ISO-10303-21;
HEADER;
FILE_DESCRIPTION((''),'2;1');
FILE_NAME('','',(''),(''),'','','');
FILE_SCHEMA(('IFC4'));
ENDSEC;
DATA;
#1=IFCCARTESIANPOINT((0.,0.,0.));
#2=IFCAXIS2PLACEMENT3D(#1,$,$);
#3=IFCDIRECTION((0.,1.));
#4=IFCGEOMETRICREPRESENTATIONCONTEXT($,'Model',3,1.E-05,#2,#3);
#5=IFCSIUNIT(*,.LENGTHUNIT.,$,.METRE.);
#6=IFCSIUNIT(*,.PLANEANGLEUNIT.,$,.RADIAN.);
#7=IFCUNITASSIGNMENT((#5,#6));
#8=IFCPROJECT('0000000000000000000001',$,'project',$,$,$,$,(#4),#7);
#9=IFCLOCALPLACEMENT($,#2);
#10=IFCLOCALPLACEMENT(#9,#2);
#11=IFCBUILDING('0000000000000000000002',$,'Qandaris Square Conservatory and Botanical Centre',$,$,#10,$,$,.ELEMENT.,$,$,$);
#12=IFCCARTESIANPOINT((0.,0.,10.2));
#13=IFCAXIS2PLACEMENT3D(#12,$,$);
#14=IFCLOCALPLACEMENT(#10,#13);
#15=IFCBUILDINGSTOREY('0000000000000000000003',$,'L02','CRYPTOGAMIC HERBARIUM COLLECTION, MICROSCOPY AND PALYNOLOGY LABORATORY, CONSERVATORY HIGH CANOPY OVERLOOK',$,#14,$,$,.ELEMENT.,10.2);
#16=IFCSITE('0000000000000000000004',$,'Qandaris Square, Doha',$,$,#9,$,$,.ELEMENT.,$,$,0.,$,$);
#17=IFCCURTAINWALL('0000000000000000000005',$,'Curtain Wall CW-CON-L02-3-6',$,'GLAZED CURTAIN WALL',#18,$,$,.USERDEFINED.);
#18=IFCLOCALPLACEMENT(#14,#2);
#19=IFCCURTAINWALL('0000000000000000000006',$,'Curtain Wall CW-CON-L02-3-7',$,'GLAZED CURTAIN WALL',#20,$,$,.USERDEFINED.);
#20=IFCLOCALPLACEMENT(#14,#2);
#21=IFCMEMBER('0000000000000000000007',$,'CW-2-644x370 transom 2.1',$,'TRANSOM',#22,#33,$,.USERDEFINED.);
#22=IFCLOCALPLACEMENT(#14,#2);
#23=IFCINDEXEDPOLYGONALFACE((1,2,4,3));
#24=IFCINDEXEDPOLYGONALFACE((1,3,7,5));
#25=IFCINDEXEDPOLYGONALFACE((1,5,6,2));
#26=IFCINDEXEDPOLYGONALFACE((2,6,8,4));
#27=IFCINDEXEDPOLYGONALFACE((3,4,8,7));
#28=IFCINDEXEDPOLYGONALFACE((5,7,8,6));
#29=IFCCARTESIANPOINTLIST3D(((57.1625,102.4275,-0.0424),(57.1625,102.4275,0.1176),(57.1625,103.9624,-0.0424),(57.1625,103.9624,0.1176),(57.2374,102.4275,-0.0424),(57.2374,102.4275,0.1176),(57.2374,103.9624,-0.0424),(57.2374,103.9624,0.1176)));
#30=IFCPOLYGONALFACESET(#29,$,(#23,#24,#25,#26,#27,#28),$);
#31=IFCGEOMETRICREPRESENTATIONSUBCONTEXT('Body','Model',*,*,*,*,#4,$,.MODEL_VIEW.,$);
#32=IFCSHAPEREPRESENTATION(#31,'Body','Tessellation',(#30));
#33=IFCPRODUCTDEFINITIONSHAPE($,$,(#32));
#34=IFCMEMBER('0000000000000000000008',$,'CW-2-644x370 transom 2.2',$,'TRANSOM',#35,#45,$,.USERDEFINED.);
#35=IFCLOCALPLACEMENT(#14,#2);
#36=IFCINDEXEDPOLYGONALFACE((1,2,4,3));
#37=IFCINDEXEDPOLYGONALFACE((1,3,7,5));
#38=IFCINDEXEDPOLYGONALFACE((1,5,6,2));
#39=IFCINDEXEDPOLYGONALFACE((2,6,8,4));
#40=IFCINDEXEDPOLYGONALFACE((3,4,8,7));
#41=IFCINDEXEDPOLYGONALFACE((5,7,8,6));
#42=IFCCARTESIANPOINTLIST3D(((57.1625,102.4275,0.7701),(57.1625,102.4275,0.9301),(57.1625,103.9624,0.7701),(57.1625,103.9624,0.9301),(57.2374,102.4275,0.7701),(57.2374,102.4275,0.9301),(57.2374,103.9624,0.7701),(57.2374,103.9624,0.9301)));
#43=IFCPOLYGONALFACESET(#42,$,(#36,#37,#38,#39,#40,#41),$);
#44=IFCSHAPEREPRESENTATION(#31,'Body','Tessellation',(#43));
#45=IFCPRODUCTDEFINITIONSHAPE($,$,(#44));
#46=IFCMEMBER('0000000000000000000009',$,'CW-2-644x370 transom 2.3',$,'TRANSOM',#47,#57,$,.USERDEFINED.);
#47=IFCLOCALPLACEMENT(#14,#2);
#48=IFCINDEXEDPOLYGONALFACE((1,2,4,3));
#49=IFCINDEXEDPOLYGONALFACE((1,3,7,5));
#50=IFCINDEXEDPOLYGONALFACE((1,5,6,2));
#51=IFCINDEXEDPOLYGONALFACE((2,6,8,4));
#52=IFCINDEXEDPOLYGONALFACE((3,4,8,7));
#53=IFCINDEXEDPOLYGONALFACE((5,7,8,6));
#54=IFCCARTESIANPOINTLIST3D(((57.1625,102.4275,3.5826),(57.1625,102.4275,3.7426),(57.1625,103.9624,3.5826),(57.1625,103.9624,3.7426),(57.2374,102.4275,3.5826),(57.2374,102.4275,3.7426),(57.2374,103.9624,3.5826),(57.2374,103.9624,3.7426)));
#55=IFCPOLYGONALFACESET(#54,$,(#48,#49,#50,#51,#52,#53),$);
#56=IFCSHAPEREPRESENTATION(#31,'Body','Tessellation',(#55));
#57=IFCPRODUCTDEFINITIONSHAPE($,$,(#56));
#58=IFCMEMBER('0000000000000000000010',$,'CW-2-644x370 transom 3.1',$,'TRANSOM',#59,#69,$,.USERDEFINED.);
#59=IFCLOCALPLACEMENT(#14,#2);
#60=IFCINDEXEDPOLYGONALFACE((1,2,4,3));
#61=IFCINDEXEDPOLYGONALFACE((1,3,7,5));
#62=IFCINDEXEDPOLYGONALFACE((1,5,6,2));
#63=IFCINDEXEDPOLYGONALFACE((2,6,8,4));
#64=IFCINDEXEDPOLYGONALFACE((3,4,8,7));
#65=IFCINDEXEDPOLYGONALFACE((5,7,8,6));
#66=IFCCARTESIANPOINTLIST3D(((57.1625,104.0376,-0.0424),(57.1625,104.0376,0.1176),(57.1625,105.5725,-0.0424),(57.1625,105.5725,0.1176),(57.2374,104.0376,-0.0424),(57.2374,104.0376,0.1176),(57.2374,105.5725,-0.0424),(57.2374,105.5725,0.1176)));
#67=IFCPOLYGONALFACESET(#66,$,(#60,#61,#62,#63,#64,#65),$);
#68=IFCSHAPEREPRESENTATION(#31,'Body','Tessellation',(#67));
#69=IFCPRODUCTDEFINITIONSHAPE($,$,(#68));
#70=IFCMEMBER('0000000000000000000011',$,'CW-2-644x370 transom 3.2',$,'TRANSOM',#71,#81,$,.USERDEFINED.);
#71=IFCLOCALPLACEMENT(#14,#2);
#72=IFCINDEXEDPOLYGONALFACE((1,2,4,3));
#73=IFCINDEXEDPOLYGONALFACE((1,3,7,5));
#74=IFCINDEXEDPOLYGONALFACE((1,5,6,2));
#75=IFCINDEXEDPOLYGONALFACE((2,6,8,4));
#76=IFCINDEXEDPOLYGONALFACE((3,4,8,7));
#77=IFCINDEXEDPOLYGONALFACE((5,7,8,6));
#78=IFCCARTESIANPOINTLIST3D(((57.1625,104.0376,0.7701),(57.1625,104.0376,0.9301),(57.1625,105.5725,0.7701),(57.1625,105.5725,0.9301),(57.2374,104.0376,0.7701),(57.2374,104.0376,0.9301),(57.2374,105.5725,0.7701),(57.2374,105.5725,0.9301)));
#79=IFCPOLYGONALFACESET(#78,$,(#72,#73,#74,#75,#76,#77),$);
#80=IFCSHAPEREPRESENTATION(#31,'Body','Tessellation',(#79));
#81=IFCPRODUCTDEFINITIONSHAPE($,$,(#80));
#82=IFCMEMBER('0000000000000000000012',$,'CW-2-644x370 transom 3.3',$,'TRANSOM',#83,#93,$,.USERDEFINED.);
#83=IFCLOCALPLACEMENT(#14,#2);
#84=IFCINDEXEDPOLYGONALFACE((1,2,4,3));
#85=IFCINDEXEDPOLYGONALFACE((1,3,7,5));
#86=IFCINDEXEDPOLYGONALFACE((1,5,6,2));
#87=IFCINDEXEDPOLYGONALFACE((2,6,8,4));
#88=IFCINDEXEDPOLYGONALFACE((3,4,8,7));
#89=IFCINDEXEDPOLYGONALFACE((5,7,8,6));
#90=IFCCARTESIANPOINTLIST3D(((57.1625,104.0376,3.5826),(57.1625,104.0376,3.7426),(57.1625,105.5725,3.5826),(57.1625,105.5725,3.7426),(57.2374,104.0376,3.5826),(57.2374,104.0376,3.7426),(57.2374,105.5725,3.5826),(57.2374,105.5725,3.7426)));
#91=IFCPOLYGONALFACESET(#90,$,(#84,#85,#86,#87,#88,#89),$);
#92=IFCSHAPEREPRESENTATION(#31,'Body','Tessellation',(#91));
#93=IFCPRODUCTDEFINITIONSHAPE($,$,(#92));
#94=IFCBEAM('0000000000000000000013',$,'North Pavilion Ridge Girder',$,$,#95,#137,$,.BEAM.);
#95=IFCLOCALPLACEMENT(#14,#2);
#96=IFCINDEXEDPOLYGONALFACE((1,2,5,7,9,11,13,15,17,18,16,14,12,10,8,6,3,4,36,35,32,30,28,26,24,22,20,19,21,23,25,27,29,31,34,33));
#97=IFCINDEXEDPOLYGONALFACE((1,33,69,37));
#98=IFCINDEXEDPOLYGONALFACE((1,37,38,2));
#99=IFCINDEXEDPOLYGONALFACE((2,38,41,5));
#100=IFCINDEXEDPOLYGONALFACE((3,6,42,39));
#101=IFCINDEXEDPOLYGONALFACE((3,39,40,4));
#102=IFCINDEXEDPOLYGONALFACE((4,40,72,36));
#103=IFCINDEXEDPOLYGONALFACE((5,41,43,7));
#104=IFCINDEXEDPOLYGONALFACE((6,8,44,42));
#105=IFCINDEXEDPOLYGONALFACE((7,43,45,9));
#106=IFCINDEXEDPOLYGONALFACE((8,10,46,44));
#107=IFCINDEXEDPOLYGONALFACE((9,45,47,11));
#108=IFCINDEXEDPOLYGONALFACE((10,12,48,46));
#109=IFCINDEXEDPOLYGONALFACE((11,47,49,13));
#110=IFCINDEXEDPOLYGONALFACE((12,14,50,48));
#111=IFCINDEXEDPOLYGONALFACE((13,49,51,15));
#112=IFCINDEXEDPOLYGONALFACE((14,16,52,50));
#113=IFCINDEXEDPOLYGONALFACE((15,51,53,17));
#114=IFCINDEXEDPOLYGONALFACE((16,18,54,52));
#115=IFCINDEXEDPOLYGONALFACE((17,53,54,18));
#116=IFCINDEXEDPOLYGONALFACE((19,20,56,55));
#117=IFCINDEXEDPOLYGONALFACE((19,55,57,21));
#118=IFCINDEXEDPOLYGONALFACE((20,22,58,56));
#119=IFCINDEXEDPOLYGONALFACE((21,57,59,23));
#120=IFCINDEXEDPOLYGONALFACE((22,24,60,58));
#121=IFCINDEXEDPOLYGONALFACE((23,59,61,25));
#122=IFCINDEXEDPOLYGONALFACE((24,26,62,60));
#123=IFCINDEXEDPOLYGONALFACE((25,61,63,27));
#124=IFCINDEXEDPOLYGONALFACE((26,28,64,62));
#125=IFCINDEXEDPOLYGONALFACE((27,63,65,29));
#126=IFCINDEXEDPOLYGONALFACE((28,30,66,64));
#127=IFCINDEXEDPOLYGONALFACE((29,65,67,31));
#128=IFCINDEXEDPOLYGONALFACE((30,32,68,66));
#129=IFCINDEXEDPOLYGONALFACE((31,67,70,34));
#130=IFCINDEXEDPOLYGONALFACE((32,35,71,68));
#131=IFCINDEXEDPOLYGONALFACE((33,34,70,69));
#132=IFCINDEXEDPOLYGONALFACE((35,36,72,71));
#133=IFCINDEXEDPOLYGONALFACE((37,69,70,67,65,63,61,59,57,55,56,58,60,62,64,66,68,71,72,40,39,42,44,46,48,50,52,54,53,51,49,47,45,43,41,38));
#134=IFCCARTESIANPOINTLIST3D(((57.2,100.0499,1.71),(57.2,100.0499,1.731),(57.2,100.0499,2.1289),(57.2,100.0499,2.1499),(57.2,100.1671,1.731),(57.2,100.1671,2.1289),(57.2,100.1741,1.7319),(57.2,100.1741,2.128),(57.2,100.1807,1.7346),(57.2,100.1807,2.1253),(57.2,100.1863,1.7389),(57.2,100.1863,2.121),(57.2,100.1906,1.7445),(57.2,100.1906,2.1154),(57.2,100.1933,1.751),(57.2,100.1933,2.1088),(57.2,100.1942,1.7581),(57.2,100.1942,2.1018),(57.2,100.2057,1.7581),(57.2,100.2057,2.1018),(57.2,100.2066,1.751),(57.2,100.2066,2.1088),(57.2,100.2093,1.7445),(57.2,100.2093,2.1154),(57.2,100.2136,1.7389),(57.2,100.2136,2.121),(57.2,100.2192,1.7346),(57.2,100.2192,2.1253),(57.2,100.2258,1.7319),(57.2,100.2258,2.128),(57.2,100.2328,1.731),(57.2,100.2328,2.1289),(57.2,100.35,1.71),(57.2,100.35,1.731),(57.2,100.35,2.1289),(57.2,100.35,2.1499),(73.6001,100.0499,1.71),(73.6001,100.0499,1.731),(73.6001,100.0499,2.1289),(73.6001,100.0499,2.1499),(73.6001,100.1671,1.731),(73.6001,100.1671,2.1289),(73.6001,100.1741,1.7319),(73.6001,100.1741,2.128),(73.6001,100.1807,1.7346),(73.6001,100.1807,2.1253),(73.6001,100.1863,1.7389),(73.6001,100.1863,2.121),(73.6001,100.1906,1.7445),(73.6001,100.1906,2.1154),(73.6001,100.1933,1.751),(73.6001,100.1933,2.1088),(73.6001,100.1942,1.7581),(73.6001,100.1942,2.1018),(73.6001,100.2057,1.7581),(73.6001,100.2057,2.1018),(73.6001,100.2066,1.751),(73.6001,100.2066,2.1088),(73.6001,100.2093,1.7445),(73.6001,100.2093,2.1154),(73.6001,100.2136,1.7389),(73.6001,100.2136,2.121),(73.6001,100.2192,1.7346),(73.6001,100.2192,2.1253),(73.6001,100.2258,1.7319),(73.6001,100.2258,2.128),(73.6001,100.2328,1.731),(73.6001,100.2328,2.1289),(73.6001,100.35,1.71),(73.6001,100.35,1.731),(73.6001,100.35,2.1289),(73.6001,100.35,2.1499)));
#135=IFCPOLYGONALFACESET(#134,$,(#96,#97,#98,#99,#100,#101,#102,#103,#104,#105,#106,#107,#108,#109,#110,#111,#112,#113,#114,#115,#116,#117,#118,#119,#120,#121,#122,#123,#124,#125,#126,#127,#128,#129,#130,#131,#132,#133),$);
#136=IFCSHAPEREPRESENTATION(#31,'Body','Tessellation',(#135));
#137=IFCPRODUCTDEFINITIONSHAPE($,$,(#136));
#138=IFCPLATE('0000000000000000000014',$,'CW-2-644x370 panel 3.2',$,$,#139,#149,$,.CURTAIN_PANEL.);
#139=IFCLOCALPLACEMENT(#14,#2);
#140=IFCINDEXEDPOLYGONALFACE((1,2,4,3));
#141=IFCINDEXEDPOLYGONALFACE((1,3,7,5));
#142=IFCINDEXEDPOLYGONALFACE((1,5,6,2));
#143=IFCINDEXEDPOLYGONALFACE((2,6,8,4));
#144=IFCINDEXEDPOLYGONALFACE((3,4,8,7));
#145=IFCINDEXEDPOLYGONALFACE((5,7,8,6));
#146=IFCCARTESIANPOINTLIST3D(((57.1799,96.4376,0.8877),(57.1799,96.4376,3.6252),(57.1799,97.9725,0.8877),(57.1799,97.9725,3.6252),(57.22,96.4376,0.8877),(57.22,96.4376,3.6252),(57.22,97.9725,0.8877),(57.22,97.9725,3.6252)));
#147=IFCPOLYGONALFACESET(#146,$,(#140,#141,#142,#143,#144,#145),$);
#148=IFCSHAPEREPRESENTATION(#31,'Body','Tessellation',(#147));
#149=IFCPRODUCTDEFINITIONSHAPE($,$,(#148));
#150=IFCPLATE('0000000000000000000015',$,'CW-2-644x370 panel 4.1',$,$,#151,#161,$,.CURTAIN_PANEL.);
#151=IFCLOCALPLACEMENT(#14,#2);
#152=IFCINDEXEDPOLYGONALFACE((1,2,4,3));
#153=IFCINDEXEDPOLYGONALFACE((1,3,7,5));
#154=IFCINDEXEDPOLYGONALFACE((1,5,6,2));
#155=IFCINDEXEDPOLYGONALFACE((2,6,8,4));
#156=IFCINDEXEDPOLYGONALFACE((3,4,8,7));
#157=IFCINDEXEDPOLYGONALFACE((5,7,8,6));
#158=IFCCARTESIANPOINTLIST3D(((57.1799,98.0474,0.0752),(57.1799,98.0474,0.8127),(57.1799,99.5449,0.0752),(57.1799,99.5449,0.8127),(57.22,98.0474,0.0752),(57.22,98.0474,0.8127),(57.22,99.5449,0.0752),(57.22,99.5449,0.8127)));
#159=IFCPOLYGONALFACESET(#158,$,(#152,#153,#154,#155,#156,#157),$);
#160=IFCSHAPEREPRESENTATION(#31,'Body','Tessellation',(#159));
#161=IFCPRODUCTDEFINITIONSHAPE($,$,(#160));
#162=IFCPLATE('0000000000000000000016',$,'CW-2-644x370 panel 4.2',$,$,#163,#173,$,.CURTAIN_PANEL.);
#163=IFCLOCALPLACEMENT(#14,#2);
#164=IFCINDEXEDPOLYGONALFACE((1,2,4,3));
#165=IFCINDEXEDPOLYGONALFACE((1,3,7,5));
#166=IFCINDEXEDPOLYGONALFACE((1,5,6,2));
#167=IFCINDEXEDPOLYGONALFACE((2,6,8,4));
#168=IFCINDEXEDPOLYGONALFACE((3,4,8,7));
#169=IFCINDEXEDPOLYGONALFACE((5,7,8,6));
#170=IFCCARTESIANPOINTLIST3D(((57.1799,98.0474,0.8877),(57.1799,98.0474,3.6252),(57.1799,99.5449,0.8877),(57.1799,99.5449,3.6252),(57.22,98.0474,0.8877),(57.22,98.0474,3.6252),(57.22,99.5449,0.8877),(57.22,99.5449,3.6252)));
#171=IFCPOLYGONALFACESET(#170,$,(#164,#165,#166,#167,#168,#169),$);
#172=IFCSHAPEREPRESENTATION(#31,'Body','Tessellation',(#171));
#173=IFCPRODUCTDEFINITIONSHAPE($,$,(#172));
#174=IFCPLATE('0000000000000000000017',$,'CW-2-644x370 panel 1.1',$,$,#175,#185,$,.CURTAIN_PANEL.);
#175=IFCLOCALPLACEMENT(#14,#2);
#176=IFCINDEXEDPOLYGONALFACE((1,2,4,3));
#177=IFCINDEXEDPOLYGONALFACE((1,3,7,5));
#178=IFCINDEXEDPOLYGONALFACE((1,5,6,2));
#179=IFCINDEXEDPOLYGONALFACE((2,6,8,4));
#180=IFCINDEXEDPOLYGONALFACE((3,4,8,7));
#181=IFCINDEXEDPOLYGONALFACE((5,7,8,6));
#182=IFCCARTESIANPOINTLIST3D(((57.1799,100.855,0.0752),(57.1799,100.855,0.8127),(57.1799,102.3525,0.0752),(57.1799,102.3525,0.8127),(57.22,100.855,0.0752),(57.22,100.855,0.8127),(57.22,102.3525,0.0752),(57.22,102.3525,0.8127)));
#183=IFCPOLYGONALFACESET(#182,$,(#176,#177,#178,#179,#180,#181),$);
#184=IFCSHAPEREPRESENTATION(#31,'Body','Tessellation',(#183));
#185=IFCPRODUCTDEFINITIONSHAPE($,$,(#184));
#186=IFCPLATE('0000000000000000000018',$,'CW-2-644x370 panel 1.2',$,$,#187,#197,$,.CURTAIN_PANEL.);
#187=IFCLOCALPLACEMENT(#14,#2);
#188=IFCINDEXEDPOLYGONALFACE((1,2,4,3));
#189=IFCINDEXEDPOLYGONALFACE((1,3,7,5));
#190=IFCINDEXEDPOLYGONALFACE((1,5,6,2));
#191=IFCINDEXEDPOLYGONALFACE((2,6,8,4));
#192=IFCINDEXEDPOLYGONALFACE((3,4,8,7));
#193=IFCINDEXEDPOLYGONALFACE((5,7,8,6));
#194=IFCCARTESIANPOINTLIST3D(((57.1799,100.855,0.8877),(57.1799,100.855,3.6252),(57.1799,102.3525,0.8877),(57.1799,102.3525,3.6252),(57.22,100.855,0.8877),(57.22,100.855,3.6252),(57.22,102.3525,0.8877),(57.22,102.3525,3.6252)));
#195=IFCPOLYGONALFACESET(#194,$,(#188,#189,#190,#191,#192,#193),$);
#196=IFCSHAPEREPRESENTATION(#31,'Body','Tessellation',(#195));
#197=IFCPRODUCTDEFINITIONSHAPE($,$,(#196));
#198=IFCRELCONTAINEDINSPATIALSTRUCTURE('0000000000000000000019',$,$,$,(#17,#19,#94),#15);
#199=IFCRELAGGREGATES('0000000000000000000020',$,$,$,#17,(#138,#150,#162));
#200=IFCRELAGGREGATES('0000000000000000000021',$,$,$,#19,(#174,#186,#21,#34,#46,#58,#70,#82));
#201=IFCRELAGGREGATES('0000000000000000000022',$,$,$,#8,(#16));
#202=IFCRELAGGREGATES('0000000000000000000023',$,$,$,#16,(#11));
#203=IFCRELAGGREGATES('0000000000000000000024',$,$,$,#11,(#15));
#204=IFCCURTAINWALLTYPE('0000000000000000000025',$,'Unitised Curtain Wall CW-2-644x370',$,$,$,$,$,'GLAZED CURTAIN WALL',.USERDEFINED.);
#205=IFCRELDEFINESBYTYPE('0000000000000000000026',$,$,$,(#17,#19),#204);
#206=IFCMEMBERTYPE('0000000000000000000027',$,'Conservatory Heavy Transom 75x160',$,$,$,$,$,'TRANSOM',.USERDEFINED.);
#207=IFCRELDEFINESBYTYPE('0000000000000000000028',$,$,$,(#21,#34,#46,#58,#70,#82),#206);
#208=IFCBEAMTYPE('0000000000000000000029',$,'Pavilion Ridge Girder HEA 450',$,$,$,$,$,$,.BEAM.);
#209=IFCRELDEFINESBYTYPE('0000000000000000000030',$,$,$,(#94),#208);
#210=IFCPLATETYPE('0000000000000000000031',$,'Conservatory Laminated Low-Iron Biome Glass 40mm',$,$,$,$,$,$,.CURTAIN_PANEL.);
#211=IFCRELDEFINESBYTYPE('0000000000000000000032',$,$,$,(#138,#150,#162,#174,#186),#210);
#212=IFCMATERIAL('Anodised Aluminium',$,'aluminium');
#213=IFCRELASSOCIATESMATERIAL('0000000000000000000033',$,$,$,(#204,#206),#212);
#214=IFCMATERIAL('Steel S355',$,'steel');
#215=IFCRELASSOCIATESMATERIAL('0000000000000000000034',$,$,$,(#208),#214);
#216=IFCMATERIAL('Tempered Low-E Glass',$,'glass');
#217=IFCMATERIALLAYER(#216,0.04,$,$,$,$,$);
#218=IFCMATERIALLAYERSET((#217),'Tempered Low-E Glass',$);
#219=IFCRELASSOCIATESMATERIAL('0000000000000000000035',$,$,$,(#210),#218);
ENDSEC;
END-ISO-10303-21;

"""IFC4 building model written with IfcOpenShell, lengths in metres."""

from ifc_helpers import new_model, si_unit, direction, frame, origin, origin_2d, place, context, subcontext, project, spatial, rectangle, i_section, extrude, material, layer, layer_set, material_profile, profile_set, type_object, element, aggregate, save


model = new_model("IFC4")

# Units and contexts
model_context = context("Model", 3, precision=1e-05, world=origin(), true_north=direction((0.0, 1.0)))
body_context = subcontext(model_context, "Body", "Model", "MODEL_VIEW")
ifc_project = project(units=[si_unit("LENGTHUNIT", "METRE"), si_unit("PLANEANGLEUNIT", "RADIAN")], contexts=[model_context])

# Site, building, storey
site_placement = place(None, origin())
site = spatial("IfcSite", under=ifc_project, at=site_placement, Name="Qandaris Square, Doha", CompositionType="ELEMENT", RefElevation=0.0)
building_placement = place(site_placement, origin())
building = spatial("IfcBuilding", under=site, at=building_placement, Name="Qandaris Square Conservatory and Botanical Centre", CompositionType="ELEMENT")
storey_placement = place(building_placement, frame((0.0, 0.0, 10.2)))
storey = spatial("IfcBuildingStorey", under=building, at=storey_placement, Name="L02", Description="CRYPTOGAMIC HERBARIUM COLLECTION, MICROSCOPY AND PALYNOLOGY LABORATORY, CONSERVATORY HIGH CANOPY OVERLOOK", CompositionType="ELEMENT", Elevation=10.2)

# Curtain walls
ifc_material_1 = material(Name="Anodised Aluminium", Category="aluminium")
curtain_wall_type = type_object("IfcCurtainWallType", Name="Unitised Curtain Wall CW-2-644x370", ElementType="GLAZED CURTAIN WALL", PredefinedType="USERDEFINED", material=ifc_material_1)
curtain_wall_1_placement = place(storey_placement, origin())
curtain_wall_1 = element("IfcCurtainWall", 1, at=curtain_wall_1_placement, inside=storey, type_object=curtain_wall_type, Name="Curtain Wall CW-CON-L02-3-6", ObjectType="GLAZED CURTAIN WALL", PredefinedType="USERDEFINED")
curtain_wall_2_placement = place(storey_placement, origin())
curtain_wall_2 = element("IfcCurtainWall", 2, at=curtain_wall_2_placement, inside=storey, type_object=curtain_wall_type, Name="Curtain Wall CW-CON-L02-3-7", ObjectType="GLAZED CURTAIN WALL", PredefinedType="USERDEFINED")

# Members
ifc_material_profile_1 = material_profile(ifc_material_1, rectangle(XDim=0.075, YDim=0.1599, at=origin_2d()), Name="ALU-TRN 75x160")
ifc_profile_set_1 = profile_set([ifc_material_profile_1], Name="Anodised Aluminium")
member_type_1 = type_object("IfcMemberType", Name="Conservatory Heavy Transom 75x160", ElementType="TRANSOM", PredefinedType="USERDEFINED", material=ifc_profile_set_1)
member_1_placement = place(storey_placement, frame((57.2, 102.4275, 0.0376), z_axis=(0.0, 1.0, 0.0), x_axis=(-1.0, 0.0, 0.0)))
member_1 = element("IfcMember", 3, at=member_1_placement, type_object=member_type_1, Name="CW-2-644x370 transom 2.1", ObjectType="TRANSOM", PredefinedType="USERDEFINED", context=body_context, shape_type="SweptSolid", body=[
    extrude(rectangle(XDim=0.075, YDim=0.1599, at=origin_2d()), origin(), (0.0, 0.0, 1.0), 1.5349),
])
member_2_placement = place(storey_placement, frame((57.2, 102.4275, 0.8501), z_axis=(0.0, 1.0, 0.0), x_axis=(-1.0, 0.0, 0.0)))
member_2 = element("IfcMember", 4, at=member_2_placement, type_object=member_type_1, Name="CW-2-644x370 transom 2.2", ObjectType="TRANSOM", PredefinedType="USERDEFINED", context=body_context, shape_type="SweptSolid", body=[
    extrude(rectangle(XDim=0.075, YDim=0.1599, at=origin_2d()), origin(), (0.0, 0.0, 1.0), 1.5349),
])
member_3_placement = place(storey_placement, frame((57.2, 102.4275, 3.6626), z_axis=(0.0, 1.0, 0.0), x_axis=(-1.0, 0.0, 0.0)))
member_3 = element("IfcMember", 5, at=member_3_placement, type_object=member_type_1, Name="CW-2-644x370 transom 2.3", ObjectType="TRANSOM", PredefinedType="USERDEFINED", context=body_context, shape_type="SweptSolid", body=[
    extrude(rectangle(XDim=0.075, YDim=0.1599, at=origin_2d()), origin(), (0.0, 0.0, 1.0), 1.5349),
])
member_4_placement = place(storey_placement, frame((57.2, 104.0376, 0.0376), z_axis=(0.0, 1.0, 0.0), x_axis=(-1.0, 0.0, 0.0)))
member_4 = element("IfcMember", 6, at=member_4_placement, type_object=member_type_1, Name="CW-2-644x370 transom 3.1", ObjectType="TRANSOM", PredefinedType="USERDEFINED", context=body_context, shape_type="SweptSolid", body=[
    extrude(rectangle(XDim=0.075, YDim=0.1599, at=origin_2d()), origin(), (0.0, 0.0, 1.0), 1.5349),
])
member_5_placement = place(storey_placement, frame((57.2, 104.0376, 0.8501), z_axis=(0.0, 1.0, 0.0), x_axis=(-1.0, 0.0, 0.0)))
member_5 = element("IfcMember", 7, at=member_5_placement, type_object=member_type_1, Name="CW-2-644x370 transom 3.2", ObjectType="TRANSOM", PredefinedType="USERDEFINED", context=body_context, shape_type="SweptSolid", body=[
    extrude(rectangle(XDim=0.075, YDim=0.1599, at=origin_2d()), origin(), (0.0, 0.0, 1.0), 1.5349),
])
member_6_placement = place(storey_placement, frame((57.2, 104.0376, 3.6626), z_axis=(0.0, 1.0, 0.0), x_axis=(-1.0, 0.0, 0.0)))
member_6 = element("IfcMember", 8, at=member_6_placement, type_object=member_type_1, Name="CW-2-644x370 transom 3.3", ObjectType="TRANSOM", PredefinedType="USERDEFINED", context=body_context, shape_type="SweptSolid", body=[
    extrude(rectangle(XDim=0.075, YDim=0.1599, at=origin_2d()), origin(), (0.0, 0.0, 1.0), 1.5349),
])

# Beam
ifc_material_2 = material(Name="Steel S355", Category="steel")
ifc_material_profile_2 = material_profile(ifc_material_2, i_section(OverallWidth=0.3, OverallDepth=0.4399, WebThickness=0.0115, FlangeThickness=0.021, FilletRadius=0.0271, at=origin_2d()), Name="HEA 450")
ifc_profile_set_2 = profile_set([ifc_material_profile_2], Name="Steel S355")
beam_type = type_object("IfcBeamType", Name="Pavilion Ridge Girder HEA 450", PredefinedType="BEAM", material=ifc_profile_set_2)
beam_placement = place(storey_placement, frame((57.2, 100.2, 1.9299), z_axis=(1.0, 0.0, 0.0), x_axis=(0.0, 1.0, 0.0)))
element("IfcBeam", 9, at=beam_placement, inside=storey, type_object=beam_type, Name="North Pavilion Ridge Girder", PredefinedType="BEAM", context=body_context, shape_type="SweptSolid", body=[
    extrude(i_section(OverallWidth=0.3, OverallDepth=0.4399, WebThickness=0.0115, FlangeThickness=0.021, FilletRadius=0.0271, at=origin_2d()), origin(), (0.0, 0.0, 1.0), 16.4001),
])

# Plates
ifc_material_3 = material(Name="Tempered Low-E Glass", Category="glass")
ifc_layer = layer(ifc_material_3, 0.04)
ifc_layer_set = layer_set([ifc_layer], Name="Tempered Low-E Glass")
plate_type = type_object("IfcPlateType", Name="Conservatory Laminated Low-Iron Biome Glass 40mm", PredefinedType="CURTAIN_PANEL", material=ifc_layer_set)
plate_1_placement = place(storey_placement, frame((57.2, 97.2051, 0.8877), z_axis=(0.0, 0.0, 1.0), x_axis=(0.0, 1.0, 0.0)))
plate_1 = element("IfcPlate", 10, at=plate_1_placement, type_object=plate_type, Name="CW-2-644x370 panel 3.2", PredefinedType="CURTAIN_PANEL", context=body_context, shape_type="SweptSolid", body=[
    extrude(rectangle(XDim=1.5349, YDim=0.04, at=origin_2d()), origin(), (0.0, 0.0, 1.0), 2.7375),
])
plate_2_placement = place(storey_placement, frame((57.2, 98.7961, 0.0752), z_axis=(0.0, 0.0, 1.0), x_axis=(0.0, 1.0, 0.0)))
plate_2 = element("IfcPlate", 11, at=plate_2_placement, type_object=plate_type, Name="CW-2-644x370 panel 4.1", PredefinedType="CURTAIN_PANEL", context=body_context, shape_type="SweptSolid", body=[
    extrude(rectangle(XDim=1.4976, YDim=0.04, at=origin_2d()), origin(), (0.0, 0.0, 1.0), 0.7375),
])
plate_3_placement = place(storey_placement, frame((57.2, 98.7961, 0.8877), z_axis=(0.0, 0.0, 1.0), x_axis=(0.0, 1.0, 0.0)))
plate_3 = element("IfcPlate", 12, at=plate_3_placement, type_object=plate_type, Name="CW-2-644x370 panel 4.2", PredefinedType="CURTAIN_PANEL", context=body_context, shape_type="SweptSolid", body=[
    extrude(rectangle(XDim=1.4976, YDim=0.04, at=origin_2d()), origin(), (0.0, 0.0, 1.0), 2.7375),
])
aggregate(curtain_wall_1, [plate_1, plate_2, plate_3])
plate_4_placement = place(storey_placement, frame((57.2, 101.6038, 0.0752), z_axis=(0.0, 0.0, 1.0), x_axis=(0.0, 1.0, 0.0)))
plate_4 = element("IfcPlate", 13, at=plate_4_placement, type_object=plate_type, Name="CW-2-644x370 panel 1.1", PredefinedType="CURTAIN_PANEL", context=body_context, shape_type="SweptSolid", body=[
    extrude(rectangle(XDim=1.4976, YDim=0.04, at=origin_2d()), origin(), (0.0, 0.0, 1.0), 0.7375),
])
plate_5_placement = place(storey_placement, frame((57.2, 101.6038, 0.8877), z_axis=(0.0, 0.0, 1.0), x_axis=(0.0, 1.0, 0.0)))
plate_5 = element("IfcPlate", 14, at=plate_5_placement, type_object=plate_type, Name="CW-2-644x370 panel 1.2", PredefinedType="CURTAIN_PANEL", context=body_context, shape_type="SweptSolid", body=[
    extrude(rectangle(XDim=1.4976, YDim=0.04, at=origin_2d()), origin(), (0.0, 0.0, 1.0), 2.7375),
])
aggregate(curtain_wall_2, [plate_4, plate_5, member_1, member_2, member_3, member_4, member_5, member_6])

save(model, "model.ifc")
